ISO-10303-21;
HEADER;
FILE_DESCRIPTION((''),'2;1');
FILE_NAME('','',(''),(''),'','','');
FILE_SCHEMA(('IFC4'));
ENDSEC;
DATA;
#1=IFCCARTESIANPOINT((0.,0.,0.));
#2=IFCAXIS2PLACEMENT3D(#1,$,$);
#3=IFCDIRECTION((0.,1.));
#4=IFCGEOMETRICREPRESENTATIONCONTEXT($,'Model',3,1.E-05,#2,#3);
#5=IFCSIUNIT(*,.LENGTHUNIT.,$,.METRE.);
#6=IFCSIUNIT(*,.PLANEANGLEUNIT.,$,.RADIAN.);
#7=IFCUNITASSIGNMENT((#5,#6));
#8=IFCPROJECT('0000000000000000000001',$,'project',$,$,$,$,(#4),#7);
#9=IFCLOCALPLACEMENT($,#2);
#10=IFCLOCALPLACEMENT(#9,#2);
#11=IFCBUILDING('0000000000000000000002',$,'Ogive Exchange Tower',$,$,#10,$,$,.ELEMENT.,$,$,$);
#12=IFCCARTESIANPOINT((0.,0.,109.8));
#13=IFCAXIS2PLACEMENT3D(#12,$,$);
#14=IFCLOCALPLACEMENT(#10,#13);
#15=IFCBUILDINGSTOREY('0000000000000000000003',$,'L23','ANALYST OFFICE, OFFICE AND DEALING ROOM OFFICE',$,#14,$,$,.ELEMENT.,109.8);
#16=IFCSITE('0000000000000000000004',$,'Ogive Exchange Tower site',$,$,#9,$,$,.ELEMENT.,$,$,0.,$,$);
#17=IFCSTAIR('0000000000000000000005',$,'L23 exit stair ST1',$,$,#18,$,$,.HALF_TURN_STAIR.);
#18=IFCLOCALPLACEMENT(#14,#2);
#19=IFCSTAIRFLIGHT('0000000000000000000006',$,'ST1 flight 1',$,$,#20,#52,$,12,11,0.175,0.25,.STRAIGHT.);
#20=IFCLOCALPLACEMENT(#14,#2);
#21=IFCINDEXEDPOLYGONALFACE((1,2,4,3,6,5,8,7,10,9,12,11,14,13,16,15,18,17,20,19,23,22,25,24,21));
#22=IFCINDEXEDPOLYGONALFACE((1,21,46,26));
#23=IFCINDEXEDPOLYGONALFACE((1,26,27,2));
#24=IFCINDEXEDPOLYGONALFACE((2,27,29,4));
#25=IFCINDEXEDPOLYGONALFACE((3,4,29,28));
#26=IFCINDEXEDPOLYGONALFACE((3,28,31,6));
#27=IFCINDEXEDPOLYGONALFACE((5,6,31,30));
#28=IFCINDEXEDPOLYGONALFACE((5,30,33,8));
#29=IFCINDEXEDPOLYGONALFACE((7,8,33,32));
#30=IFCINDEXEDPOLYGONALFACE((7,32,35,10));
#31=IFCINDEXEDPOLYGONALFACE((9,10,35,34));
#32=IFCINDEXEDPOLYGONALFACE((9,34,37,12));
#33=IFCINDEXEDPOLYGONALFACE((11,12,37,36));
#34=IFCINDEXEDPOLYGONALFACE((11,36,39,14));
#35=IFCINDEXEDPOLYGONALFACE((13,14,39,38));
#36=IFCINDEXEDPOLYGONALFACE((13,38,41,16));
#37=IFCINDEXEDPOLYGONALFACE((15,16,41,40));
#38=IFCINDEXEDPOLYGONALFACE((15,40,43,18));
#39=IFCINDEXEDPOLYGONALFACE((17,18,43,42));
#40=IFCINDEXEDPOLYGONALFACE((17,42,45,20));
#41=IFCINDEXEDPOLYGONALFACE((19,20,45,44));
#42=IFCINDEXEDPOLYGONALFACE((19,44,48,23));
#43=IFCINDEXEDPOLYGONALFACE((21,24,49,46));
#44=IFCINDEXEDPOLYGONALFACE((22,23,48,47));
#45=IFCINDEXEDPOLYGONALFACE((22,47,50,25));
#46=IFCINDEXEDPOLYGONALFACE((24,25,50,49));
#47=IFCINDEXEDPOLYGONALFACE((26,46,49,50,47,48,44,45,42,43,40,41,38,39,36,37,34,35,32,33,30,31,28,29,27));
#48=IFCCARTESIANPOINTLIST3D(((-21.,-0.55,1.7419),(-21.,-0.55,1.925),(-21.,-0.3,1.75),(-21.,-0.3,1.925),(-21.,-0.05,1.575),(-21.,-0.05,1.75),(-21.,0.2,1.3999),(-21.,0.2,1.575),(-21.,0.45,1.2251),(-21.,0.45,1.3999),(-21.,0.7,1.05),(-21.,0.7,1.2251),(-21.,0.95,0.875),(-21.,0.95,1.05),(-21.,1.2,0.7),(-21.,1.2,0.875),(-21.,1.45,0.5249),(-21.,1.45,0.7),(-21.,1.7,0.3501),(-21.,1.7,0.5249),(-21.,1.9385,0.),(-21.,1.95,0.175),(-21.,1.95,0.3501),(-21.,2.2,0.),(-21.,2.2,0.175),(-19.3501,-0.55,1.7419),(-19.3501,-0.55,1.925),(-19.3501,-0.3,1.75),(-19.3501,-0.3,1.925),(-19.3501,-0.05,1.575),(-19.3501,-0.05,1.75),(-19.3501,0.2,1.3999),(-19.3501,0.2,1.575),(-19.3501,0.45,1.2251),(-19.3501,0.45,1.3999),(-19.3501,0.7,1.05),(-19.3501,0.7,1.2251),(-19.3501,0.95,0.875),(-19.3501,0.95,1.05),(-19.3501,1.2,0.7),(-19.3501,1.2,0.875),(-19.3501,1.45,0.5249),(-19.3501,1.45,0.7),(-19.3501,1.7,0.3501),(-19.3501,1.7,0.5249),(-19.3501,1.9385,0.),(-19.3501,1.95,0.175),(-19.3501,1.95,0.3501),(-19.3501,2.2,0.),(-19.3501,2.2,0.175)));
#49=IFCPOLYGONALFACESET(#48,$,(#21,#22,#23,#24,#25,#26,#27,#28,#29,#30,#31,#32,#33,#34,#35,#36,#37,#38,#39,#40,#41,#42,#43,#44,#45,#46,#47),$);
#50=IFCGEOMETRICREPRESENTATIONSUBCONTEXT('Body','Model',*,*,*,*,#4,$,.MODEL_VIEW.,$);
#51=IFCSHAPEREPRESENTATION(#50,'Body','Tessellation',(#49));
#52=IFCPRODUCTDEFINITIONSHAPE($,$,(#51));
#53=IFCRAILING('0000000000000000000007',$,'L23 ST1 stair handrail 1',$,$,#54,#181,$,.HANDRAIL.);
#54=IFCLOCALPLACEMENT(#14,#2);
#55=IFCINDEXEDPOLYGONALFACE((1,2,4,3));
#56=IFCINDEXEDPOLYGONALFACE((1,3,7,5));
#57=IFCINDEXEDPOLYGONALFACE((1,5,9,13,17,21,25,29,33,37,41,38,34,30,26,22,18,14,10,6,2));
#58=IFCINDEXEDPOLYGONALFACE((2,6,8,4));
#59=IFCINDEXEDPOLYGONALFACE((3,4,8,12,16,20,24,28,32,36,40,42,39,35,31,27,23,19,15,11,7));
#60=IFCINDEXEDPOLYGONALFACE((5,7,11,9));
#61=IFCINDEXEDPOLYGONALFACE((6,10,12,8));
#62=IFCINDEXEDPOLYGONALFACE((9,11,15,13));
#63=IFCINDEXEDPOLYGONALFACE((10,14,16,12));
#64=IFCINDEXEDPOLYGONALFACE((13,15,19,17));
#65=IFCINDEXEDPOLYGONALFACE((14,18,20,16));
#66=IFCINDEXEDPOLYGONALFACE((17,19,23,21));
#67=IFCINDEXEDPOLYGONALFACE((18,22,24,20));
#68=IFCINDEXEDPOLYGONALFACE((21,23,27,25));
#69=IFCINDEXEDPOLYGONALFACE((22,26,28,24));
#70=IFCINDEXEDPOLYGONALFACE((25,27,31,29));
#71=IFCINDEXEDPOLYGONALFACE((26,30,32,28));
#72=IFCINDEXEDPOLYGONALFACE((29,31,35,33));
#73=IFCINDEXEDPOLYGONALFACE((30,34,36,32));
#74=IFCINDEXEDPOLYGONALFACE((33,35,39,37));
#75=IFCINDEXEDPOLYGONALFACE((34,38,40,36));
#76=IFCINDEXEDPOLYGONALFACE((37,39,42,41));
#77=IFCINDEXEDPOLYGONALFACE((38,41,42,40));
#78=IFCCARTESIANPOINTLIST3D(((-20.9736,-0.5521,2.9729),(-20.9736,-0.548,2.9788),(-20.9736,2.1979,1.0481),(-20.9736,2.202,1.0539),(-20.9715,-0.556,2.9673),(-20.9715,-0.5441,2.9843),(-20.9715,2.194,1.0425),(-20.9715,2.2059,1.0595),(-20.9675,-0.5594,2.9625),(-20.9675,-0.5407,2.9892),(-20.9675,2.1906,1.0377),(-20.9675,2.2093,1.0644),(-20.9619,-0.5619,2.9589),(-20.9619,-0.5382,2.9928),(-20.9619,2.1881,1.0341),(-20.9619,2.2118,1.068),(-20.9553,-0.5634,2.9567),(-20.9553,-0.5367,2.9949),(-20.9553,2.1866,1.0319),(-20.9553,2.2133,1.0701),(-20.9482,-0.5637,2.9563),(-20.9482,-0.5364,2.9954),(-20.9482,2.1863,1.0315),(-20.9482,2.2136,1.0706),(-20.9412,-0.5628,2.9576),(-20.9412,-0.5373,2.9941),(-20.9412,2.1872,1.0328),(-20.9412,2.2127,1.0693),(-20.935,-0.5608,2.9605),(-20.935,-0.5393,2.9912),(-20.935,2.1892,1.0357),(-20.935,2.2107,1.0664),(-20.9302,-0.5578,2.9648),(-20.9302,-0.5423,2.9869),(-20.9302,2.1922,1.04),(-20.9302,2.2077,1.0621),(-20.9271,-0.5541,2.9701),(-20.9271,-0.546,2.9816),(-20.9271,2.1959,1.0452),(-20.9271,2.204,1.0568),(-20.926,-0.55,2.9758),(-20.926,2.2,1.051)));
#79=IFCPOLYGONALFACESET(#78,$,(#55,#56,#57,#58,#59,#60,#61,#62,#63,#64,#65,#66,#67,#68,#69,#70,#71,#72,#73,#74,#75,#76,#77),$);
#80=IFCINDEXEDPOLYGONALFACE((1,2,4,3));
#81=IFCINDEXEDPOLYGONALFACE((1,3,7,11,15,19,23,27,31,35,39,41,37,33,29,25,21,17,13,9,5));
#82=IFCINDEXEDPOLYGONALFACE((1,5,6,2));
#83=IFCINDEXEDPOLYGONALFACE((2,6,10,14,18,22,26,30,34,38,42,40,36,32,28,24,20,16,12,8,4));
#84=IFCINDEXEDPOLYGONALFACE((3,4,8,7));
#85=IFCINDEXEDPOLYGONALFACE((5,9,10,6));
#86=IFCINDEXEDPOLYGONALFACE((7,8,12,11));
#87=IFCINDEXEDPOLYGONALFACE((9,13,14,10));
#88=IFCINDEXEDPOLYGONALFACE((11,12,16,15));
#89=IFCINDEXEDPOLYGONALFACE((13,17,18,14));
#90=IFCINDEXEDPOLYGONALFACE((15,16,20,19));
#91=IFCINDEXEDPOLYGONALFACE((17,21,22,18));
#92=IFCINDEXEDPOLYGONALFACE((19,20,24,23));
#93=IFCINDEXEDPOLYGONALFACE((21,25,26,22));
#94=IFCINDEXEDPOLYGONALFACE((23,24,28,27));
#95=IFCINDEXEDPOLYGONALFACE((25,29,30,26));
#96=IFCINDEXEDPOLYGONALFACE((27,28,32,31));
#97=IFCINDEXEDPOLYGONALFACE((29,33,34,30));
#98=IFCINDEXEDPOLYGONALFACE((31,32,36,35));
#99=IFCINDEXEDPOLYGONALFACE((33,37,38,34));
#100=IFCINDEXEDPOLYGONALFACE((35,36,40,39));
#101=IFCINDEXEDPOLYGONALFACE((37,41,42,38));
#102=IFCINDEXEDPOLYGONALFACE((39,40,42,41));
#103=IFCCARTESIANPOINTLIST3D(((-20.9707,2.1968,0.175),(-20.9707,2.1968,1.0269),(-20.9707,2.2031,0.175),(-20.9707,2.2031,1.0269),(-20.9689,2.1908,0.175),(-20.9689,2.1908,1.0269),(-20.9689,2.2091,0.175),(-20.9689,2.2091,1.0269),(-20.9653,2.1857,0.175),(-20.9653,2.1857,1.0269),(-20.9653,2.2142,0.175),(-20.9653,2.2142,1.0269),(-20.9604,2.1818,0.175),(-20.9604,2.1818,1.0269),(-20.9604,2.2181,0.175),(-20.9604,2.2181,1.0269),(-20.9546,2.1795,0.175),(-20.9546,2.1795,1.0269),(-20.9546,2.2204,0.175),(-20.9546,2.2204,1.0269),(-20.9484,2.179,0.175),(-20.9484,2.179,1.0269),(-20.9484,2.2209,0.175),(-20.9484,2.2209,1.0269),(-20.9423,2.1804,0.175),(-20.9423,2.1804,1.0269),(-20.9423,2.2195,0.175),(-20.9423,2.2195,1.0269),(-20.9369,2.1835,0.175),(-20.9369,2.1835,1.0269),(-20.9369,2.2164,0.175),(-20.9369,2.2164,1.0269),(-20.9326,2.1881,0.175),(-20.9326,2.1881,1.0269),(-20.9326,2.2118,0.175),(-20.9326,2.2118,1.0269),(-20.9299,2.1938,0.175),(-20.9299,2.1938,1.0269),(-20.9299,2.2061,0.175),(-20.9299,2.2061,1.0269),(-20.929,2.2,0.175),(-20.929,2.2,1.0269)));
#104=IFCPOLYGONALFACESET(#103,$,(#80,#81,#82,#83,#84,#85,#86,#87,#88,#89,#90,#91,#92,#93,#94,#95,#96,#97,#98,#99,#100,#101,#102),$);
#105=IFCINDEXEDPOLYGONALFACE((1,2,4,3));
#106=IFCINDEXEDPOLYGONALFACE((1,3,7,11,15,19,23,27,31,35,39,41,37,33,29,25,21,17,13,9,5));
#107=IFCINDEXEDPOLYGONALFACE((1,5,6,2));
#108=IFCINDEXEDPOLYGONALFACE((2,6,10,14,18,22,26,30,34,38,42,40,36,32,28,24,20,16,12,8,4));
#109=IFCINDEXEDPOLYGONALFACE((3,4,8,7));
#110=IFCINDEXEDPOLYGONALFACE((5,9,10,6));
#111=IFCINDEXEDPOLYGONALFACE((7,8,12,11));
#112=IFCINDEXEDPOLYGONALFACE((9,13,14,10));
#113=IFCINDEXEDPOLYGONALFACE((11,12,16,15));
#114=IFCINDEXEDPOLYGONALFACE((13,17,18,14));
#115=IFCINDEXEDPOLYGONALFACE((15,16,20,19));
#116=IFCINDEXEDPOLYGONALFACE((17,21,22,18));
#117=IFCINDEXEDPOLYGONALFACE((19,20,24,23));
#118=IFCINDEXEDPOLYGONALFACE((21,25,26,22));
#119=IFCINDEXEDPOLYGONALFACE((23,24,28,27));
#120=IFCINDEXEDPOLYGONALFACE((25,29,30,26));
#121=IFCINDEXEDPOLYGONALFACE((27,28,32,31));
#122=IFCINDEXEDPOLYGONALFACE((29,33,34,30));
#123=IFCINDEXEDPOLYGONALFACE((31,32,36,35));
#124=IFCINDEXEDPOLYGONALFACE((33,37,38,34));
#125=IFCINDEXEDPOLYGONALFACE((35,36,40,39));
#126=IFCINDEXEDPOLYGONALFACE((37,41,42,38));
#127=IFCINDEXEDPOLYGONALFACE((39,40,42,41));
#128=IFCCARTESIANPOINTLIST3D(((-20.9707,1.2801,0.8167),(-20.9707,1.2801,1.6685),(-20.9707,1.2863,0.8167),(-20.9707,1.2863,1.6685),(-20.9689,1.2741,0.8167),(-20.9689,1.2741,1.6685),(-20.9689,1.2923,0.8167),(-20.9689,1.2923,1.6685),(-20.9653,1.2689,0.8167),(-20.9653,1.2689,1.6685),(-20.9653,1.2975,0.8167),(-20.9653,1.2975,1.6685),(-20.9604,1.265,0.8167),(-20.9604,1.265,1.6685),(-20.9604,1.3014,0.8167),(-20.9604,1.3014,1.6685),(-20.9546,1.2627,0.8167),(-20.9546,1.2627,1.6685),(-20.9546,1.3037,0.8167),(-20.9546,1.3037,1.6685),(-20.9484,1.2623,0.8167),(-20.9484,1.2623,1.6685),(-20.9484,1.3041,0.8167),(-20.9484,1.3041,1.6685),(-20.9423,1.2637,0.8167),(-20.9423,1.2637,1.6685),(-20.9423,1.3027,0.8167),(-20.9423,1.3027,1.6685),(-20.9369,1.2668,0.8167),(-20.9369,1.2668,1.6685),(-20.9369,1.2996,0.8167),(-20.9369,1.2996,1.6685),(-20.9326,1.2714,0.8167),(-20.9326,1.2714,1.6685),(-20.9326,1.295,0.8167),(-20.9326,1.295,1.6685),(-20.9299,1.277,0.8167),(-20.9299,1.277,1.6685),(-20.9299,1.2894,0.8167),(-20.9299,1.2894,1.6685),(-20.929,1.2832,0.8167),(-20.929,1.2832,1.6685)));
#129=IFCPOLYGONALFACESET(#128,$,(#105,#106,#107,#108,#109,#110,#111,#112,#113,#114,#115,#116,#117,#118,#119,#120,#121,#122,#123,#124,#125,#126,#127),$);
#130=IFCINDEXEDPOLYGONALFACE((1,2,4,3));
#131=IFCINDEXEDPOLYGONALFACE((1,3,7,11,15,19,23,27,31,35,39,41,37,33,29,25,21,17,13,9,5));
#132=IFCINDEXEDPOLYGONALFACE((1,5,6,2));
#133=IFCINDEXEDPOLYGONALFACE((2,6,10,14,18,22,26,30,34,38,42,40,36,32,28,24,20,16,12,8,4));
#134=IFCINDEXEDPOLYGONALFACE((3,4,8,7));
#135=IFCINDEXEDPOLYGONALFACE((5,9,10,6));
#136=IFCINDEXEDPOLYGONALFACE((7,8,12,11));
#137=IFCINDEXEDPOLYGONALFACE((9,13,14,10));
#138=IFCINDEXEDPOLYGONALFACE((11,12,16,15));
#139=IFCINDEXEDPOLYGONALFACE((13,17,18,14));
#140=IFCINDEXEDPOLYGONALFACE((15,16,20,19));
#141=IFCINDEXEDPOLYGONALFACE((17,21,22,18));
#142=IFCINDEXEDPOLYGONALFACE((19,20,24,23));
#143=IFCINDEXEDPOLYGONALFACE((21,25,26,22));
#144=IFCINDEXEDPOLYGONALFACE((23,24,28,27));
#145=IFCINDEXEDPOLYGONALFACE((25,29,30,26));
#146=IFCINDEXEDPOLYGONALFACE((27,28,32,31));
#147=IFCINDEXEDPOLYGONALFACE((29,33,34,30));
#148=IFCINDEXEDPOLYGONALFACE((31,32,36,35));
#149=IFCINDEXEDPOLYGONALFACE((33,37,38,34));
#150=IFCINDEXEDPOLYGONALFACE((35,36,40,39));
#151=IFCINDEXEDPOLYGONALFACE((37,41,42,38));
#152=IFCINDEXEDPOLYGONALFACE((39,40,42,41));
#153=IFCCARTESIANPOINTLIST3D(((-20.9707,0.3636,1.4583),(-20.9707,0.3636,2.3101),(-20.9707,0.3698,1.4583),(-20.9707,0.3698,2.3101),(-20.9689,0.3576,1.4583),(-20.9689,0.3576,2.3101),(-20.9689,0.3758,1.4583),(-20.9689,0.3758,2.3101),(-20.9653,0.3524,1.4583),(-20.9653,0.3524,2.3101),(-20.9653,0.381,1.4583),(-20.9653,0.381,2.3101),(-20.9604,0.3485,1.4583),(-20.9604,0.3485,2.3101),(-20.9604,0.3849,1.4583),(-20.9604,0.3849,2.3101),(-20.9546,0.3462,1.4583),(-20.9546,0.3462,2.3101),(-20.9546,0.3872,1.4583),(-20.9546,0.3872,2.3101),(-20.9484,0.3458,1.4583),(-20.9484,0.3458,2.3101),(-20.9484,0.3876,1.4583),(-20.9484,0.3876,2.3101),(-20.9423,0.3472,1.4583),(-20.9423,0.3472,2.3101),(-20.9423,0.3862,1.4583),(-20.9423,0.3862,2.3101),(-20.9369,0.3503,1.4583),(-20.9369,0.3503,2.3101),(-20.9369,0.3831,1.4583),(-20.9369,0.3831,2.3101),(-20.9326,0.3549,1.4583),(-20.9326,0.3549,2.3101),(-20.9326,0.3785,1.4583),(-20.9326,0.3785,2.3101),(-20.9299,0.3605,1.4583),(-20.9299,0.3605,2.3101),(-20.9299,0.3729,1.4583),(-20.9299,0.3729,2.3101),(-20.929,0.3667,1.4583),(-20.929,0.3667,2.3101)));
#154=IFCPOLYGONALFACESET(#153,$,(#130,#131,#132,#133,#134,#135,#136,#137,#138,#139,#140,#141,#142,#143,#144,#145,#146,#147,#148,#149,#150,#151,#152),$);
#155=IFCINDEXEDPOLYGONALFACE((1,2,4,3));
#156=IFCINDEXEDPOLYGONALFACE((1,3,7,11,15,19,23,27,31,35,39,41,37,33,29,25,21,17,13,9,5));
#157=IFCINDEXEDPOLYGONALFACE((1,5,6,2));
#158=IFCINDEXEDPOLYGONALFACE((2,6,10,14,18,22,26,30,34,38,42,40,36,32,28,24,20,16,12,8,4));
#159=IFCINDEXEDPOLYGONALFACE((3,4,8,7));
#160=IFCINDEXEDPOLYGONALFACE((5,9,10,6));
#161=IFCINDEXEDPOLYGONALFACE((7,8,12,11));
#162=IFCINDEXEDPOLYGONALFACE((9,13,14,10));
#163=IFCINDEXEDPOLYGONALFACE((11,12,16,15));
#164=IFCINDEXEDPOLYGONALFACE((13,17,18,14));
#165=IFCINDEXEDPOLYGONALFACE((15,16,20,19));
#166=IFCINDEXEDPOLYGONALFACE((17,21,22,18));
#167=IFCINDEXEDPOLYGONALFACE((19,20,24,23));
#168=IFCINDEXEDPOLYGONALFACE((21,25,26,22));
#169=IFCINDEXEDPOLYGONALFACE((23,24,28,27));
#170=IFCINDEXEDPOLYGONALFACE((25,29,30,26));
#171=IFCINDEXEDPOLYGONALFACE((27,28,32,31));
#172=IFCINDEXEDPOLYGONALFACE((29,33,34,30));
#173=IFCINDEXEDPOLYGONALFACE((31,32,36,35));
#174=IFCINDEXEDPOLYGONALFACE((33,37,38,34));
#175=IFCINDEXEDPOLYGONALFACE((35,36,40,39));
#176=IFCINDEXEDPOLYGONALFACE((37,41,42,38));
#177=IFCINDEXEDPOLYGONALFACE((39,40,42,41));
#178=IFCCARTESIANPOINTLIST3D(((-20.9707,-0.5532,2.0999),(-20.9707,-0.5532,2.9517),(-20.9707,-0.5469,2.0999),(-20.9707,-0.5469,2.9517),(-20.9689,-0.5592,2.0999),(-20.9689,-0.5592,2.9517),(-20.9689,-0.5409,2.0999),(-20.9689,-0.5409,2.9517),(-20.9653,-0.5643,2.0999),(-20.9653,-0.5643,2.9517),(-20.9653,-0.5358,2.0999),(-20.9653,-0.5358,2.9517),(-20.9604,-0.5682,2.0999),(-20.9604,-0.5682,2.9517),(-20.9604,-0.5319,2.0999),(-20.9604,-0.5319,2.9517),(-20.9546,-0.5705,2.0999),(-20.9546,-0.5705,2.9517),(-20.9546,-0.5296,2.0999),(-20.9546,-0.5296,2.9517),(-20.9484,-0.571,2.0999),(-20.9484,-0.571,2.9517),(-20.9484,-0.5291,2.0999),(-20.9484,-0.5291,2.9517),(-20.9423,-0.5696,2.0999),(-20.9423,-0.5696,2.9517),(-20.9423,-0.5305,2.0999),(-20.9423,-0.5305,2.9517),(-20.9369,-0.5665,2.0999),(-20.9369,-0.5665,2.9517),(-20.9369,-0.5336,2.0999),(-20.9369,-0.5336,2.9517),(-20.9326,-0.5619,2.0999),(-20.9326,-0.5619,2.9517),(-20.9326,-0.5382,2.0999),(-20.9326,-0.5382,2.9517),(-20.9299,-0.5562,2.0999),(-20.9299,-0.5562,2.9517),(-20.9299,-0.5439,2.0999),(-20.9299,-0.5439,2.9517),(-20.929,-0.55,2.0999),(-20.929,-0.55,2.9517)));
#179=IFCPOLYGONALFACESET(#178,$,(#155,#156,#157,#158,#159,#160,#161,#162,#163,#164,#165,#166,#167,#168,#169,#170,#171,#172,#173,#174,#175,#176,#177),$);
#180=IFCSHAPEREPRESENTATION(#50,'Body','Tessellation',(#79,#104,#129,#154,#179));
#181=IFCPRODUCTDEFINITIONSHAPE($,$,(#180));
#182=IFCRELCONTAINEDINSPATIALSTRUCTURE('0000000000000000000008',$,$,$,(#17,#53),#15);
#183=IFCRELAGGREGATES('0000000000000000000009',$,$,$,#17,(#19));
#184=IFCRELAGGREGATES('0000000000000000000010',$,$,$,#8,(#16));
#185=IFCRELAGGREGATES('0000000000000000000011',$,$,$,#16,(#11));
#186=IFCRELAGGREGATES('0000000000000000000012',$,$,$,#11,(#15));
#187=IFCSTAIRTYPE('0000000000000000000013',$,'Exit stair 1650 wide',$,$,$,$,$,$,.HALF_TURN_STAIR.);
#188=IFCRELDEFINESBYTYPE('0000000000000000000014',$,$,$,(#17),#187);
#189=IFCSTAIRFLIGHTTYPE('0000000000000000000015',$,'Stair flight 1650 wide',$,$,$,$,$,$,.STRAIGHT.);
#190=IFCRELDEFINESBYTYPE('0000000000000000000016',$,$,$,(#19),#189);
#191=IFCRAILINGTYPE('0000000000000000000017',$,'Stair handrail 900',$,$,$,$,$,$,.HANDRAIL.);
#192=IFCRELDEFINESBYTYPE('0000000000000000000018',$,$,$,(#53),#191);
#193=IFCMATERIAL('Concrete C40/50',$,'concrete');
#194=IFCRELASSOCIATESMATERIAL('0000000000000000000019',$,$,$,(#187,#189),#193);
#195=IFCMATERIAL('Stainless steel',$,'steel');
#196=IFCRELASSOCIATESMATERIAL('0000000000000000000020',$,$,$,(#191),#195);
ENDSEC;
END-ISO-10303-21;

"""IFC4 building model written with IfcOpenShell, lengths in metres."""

from ifc_helpers import new_model, si_unit, direction, frame, origin, origin_2d, place, context, subcontext, project, spatial, polyline, circle, outline, extrude, material, type_object, element, aggregate, save


model = new_model("IFC4")

# Units and contexts
model_context = context("Model", 3, precision=1e-05, world=origin(), true_north=direction((0.0, 1.0)))
body_context = subcontext(model_context, "Body", "Model", "MODEL_VIEW")
ifc_project = project(units=[si_unit("LENGTHUNIT", "METRE"), si_unit("PLANEANGLEUNIT", "RADIAN")], contexts=[model_context])

# Site, building, storey
site_placement = place(None, origin())
site = spatial("IfcSite", under=ifc_project, at=site_placement, Name="Ogive Exchange Tower site", CompositionType="ELEMENT", RefElevation=0.0)
building_placement = place(site_placement, origin())
building = spatial("IfcBuilding", under=site, at=building_placement, Name="Ogive Exchange Tower", CompositionType="ELEMENT")
storey_placement = place(building_placement, frame((0.0, 0.0, 109.8)))
storey = spatial("IfcBuildingStorey", under=building, at=storey_placement, Name="L23", Description="ANALYST OFFICE, OFFICE AND DEALING ROOM OFFICE", CompositionType="ELEMENT", Elevation=109.8)

# Shared definitions
ifc_material_1 = material(Name="Stainless steel", Category="steel")

# Stair, stair flight
ifc_material_2 = material(Name="Concrete C40/50", Category="concrete")
stair_type = type_object("IfcStairType", Name="Exit stair 1650 wide", PredefinedType="HALF_TURN_STAIR", material=ifc_material_2)
stair_placement = place(storey_placement, origin())
stair = element("IfcStair", 1, at=stair_placement, inside=storey, type_object=stair_type, Name="L23 exit stair ST1", PredefinedType="HALF_TURN_STAIR")
stair_flight_type = type_object("IfcStairFlightType", Name="Stair flight 1650 wide", PredefinedType="STRAIGHT", material=ifc_material_2)
stair_flight_placement = place(storey_placement, frame((-20.175, 2.2, 0.0), z_axis=(0.0, 0.0, 1.0), x_axis=(0.0, -1.0, 0.0)))
stair_flight = element("IfcStairFlight", 2, at=stair_flight_placement, type_object=stair_flight_type, Name="ST1 flight 1", NumberOfRisers=12, NumberOfTreads=11, PredefinedType="STRAIGHT", RiserHeight=0.175, TreadLength=0.25, context=body_context, shape_type="SweptSolid", body=[
    extrude(outline(polyline([(0.0, 0.0), (0.0, 0.175), (0.25, 0.175), (0.25, 0.3501), (0.5, 0.3501), (0.5, 0.5249), (0.75, 0.5249), (0.75, 0.7), (1.0, 0.7), (1.0, 0.875), (1.25, 0.875), (1.25, 1.05), (1.5, 1.05), (1.5, 1.2251), (1.75, 1.2251), (1.75, 1.3999), (2.0, 1.3999), (2.0, 1.575), (2.25, 1.575), (2.25, 1.75), (2.5, 1.75), (2.5, 1.925), (2.75, 1.925), (2.75, 2.1001), (2.75, 1.7419), (0.2615, 0.0), (0.0, 0.0)])), frame((0.0, 0.825, 0.0), z_axis=(0.0, -1.0, 0.0), x_axis=(1.0, 0.0, 0.0)), (0.0, 0.0, 1.0), 1.6499),
])
aggregate(stair, [stair_flight])

# Railing
railing_type = type_object("IfcRailingType", Name="Stair handrail 900", PredefinedType="HANDRAIL", material=ifc_material_1)
railing_1_placement = place(storey_placement, frame((-20.95, 2.2, 0.175)))
element("IfcRailing", 3, at=railing_1_placement, inside=storey, type_object=railing_type, Name="L23 ST1 stair handrail 1", PredefinedType="HANDRAIL", context=body_context, shape_type="SweptSolid", body=[
    extrude(circle(Radius=0.0239, at=origin_2d()), frame((0.0, 0.0, 0.876), z_axis=(0.0, -0.819259, 0.573423), x_axis=(1.0, 0.0, 0.0)), (0.0, 0.0, 1.0), 3.3567),
    extrude(circle(Radius=0.021, at=origin_2d()), origin(), (0.0, 0.0, 1.0), 0.8518),
    extrude(circle(Radius=0.021, at=origin_2d()), frame((0.0, -0.9167, 0.6416)), (0.0, 0.0, 1.0), 0.8518),
    extrude(circle(Radius=0.021, at=origin_2d()), frame((0.0, -1.8333, 1.2832)), (0.0, 0.0, 1.0), 0.8518),
    extrude(circle(Radius=0.021, at=origin_2d()), frame((0.0, -2.75, 1.9248)), (0.0, 0.0, 1.0), 0.8518),
])

save(model, "model.ifc")
